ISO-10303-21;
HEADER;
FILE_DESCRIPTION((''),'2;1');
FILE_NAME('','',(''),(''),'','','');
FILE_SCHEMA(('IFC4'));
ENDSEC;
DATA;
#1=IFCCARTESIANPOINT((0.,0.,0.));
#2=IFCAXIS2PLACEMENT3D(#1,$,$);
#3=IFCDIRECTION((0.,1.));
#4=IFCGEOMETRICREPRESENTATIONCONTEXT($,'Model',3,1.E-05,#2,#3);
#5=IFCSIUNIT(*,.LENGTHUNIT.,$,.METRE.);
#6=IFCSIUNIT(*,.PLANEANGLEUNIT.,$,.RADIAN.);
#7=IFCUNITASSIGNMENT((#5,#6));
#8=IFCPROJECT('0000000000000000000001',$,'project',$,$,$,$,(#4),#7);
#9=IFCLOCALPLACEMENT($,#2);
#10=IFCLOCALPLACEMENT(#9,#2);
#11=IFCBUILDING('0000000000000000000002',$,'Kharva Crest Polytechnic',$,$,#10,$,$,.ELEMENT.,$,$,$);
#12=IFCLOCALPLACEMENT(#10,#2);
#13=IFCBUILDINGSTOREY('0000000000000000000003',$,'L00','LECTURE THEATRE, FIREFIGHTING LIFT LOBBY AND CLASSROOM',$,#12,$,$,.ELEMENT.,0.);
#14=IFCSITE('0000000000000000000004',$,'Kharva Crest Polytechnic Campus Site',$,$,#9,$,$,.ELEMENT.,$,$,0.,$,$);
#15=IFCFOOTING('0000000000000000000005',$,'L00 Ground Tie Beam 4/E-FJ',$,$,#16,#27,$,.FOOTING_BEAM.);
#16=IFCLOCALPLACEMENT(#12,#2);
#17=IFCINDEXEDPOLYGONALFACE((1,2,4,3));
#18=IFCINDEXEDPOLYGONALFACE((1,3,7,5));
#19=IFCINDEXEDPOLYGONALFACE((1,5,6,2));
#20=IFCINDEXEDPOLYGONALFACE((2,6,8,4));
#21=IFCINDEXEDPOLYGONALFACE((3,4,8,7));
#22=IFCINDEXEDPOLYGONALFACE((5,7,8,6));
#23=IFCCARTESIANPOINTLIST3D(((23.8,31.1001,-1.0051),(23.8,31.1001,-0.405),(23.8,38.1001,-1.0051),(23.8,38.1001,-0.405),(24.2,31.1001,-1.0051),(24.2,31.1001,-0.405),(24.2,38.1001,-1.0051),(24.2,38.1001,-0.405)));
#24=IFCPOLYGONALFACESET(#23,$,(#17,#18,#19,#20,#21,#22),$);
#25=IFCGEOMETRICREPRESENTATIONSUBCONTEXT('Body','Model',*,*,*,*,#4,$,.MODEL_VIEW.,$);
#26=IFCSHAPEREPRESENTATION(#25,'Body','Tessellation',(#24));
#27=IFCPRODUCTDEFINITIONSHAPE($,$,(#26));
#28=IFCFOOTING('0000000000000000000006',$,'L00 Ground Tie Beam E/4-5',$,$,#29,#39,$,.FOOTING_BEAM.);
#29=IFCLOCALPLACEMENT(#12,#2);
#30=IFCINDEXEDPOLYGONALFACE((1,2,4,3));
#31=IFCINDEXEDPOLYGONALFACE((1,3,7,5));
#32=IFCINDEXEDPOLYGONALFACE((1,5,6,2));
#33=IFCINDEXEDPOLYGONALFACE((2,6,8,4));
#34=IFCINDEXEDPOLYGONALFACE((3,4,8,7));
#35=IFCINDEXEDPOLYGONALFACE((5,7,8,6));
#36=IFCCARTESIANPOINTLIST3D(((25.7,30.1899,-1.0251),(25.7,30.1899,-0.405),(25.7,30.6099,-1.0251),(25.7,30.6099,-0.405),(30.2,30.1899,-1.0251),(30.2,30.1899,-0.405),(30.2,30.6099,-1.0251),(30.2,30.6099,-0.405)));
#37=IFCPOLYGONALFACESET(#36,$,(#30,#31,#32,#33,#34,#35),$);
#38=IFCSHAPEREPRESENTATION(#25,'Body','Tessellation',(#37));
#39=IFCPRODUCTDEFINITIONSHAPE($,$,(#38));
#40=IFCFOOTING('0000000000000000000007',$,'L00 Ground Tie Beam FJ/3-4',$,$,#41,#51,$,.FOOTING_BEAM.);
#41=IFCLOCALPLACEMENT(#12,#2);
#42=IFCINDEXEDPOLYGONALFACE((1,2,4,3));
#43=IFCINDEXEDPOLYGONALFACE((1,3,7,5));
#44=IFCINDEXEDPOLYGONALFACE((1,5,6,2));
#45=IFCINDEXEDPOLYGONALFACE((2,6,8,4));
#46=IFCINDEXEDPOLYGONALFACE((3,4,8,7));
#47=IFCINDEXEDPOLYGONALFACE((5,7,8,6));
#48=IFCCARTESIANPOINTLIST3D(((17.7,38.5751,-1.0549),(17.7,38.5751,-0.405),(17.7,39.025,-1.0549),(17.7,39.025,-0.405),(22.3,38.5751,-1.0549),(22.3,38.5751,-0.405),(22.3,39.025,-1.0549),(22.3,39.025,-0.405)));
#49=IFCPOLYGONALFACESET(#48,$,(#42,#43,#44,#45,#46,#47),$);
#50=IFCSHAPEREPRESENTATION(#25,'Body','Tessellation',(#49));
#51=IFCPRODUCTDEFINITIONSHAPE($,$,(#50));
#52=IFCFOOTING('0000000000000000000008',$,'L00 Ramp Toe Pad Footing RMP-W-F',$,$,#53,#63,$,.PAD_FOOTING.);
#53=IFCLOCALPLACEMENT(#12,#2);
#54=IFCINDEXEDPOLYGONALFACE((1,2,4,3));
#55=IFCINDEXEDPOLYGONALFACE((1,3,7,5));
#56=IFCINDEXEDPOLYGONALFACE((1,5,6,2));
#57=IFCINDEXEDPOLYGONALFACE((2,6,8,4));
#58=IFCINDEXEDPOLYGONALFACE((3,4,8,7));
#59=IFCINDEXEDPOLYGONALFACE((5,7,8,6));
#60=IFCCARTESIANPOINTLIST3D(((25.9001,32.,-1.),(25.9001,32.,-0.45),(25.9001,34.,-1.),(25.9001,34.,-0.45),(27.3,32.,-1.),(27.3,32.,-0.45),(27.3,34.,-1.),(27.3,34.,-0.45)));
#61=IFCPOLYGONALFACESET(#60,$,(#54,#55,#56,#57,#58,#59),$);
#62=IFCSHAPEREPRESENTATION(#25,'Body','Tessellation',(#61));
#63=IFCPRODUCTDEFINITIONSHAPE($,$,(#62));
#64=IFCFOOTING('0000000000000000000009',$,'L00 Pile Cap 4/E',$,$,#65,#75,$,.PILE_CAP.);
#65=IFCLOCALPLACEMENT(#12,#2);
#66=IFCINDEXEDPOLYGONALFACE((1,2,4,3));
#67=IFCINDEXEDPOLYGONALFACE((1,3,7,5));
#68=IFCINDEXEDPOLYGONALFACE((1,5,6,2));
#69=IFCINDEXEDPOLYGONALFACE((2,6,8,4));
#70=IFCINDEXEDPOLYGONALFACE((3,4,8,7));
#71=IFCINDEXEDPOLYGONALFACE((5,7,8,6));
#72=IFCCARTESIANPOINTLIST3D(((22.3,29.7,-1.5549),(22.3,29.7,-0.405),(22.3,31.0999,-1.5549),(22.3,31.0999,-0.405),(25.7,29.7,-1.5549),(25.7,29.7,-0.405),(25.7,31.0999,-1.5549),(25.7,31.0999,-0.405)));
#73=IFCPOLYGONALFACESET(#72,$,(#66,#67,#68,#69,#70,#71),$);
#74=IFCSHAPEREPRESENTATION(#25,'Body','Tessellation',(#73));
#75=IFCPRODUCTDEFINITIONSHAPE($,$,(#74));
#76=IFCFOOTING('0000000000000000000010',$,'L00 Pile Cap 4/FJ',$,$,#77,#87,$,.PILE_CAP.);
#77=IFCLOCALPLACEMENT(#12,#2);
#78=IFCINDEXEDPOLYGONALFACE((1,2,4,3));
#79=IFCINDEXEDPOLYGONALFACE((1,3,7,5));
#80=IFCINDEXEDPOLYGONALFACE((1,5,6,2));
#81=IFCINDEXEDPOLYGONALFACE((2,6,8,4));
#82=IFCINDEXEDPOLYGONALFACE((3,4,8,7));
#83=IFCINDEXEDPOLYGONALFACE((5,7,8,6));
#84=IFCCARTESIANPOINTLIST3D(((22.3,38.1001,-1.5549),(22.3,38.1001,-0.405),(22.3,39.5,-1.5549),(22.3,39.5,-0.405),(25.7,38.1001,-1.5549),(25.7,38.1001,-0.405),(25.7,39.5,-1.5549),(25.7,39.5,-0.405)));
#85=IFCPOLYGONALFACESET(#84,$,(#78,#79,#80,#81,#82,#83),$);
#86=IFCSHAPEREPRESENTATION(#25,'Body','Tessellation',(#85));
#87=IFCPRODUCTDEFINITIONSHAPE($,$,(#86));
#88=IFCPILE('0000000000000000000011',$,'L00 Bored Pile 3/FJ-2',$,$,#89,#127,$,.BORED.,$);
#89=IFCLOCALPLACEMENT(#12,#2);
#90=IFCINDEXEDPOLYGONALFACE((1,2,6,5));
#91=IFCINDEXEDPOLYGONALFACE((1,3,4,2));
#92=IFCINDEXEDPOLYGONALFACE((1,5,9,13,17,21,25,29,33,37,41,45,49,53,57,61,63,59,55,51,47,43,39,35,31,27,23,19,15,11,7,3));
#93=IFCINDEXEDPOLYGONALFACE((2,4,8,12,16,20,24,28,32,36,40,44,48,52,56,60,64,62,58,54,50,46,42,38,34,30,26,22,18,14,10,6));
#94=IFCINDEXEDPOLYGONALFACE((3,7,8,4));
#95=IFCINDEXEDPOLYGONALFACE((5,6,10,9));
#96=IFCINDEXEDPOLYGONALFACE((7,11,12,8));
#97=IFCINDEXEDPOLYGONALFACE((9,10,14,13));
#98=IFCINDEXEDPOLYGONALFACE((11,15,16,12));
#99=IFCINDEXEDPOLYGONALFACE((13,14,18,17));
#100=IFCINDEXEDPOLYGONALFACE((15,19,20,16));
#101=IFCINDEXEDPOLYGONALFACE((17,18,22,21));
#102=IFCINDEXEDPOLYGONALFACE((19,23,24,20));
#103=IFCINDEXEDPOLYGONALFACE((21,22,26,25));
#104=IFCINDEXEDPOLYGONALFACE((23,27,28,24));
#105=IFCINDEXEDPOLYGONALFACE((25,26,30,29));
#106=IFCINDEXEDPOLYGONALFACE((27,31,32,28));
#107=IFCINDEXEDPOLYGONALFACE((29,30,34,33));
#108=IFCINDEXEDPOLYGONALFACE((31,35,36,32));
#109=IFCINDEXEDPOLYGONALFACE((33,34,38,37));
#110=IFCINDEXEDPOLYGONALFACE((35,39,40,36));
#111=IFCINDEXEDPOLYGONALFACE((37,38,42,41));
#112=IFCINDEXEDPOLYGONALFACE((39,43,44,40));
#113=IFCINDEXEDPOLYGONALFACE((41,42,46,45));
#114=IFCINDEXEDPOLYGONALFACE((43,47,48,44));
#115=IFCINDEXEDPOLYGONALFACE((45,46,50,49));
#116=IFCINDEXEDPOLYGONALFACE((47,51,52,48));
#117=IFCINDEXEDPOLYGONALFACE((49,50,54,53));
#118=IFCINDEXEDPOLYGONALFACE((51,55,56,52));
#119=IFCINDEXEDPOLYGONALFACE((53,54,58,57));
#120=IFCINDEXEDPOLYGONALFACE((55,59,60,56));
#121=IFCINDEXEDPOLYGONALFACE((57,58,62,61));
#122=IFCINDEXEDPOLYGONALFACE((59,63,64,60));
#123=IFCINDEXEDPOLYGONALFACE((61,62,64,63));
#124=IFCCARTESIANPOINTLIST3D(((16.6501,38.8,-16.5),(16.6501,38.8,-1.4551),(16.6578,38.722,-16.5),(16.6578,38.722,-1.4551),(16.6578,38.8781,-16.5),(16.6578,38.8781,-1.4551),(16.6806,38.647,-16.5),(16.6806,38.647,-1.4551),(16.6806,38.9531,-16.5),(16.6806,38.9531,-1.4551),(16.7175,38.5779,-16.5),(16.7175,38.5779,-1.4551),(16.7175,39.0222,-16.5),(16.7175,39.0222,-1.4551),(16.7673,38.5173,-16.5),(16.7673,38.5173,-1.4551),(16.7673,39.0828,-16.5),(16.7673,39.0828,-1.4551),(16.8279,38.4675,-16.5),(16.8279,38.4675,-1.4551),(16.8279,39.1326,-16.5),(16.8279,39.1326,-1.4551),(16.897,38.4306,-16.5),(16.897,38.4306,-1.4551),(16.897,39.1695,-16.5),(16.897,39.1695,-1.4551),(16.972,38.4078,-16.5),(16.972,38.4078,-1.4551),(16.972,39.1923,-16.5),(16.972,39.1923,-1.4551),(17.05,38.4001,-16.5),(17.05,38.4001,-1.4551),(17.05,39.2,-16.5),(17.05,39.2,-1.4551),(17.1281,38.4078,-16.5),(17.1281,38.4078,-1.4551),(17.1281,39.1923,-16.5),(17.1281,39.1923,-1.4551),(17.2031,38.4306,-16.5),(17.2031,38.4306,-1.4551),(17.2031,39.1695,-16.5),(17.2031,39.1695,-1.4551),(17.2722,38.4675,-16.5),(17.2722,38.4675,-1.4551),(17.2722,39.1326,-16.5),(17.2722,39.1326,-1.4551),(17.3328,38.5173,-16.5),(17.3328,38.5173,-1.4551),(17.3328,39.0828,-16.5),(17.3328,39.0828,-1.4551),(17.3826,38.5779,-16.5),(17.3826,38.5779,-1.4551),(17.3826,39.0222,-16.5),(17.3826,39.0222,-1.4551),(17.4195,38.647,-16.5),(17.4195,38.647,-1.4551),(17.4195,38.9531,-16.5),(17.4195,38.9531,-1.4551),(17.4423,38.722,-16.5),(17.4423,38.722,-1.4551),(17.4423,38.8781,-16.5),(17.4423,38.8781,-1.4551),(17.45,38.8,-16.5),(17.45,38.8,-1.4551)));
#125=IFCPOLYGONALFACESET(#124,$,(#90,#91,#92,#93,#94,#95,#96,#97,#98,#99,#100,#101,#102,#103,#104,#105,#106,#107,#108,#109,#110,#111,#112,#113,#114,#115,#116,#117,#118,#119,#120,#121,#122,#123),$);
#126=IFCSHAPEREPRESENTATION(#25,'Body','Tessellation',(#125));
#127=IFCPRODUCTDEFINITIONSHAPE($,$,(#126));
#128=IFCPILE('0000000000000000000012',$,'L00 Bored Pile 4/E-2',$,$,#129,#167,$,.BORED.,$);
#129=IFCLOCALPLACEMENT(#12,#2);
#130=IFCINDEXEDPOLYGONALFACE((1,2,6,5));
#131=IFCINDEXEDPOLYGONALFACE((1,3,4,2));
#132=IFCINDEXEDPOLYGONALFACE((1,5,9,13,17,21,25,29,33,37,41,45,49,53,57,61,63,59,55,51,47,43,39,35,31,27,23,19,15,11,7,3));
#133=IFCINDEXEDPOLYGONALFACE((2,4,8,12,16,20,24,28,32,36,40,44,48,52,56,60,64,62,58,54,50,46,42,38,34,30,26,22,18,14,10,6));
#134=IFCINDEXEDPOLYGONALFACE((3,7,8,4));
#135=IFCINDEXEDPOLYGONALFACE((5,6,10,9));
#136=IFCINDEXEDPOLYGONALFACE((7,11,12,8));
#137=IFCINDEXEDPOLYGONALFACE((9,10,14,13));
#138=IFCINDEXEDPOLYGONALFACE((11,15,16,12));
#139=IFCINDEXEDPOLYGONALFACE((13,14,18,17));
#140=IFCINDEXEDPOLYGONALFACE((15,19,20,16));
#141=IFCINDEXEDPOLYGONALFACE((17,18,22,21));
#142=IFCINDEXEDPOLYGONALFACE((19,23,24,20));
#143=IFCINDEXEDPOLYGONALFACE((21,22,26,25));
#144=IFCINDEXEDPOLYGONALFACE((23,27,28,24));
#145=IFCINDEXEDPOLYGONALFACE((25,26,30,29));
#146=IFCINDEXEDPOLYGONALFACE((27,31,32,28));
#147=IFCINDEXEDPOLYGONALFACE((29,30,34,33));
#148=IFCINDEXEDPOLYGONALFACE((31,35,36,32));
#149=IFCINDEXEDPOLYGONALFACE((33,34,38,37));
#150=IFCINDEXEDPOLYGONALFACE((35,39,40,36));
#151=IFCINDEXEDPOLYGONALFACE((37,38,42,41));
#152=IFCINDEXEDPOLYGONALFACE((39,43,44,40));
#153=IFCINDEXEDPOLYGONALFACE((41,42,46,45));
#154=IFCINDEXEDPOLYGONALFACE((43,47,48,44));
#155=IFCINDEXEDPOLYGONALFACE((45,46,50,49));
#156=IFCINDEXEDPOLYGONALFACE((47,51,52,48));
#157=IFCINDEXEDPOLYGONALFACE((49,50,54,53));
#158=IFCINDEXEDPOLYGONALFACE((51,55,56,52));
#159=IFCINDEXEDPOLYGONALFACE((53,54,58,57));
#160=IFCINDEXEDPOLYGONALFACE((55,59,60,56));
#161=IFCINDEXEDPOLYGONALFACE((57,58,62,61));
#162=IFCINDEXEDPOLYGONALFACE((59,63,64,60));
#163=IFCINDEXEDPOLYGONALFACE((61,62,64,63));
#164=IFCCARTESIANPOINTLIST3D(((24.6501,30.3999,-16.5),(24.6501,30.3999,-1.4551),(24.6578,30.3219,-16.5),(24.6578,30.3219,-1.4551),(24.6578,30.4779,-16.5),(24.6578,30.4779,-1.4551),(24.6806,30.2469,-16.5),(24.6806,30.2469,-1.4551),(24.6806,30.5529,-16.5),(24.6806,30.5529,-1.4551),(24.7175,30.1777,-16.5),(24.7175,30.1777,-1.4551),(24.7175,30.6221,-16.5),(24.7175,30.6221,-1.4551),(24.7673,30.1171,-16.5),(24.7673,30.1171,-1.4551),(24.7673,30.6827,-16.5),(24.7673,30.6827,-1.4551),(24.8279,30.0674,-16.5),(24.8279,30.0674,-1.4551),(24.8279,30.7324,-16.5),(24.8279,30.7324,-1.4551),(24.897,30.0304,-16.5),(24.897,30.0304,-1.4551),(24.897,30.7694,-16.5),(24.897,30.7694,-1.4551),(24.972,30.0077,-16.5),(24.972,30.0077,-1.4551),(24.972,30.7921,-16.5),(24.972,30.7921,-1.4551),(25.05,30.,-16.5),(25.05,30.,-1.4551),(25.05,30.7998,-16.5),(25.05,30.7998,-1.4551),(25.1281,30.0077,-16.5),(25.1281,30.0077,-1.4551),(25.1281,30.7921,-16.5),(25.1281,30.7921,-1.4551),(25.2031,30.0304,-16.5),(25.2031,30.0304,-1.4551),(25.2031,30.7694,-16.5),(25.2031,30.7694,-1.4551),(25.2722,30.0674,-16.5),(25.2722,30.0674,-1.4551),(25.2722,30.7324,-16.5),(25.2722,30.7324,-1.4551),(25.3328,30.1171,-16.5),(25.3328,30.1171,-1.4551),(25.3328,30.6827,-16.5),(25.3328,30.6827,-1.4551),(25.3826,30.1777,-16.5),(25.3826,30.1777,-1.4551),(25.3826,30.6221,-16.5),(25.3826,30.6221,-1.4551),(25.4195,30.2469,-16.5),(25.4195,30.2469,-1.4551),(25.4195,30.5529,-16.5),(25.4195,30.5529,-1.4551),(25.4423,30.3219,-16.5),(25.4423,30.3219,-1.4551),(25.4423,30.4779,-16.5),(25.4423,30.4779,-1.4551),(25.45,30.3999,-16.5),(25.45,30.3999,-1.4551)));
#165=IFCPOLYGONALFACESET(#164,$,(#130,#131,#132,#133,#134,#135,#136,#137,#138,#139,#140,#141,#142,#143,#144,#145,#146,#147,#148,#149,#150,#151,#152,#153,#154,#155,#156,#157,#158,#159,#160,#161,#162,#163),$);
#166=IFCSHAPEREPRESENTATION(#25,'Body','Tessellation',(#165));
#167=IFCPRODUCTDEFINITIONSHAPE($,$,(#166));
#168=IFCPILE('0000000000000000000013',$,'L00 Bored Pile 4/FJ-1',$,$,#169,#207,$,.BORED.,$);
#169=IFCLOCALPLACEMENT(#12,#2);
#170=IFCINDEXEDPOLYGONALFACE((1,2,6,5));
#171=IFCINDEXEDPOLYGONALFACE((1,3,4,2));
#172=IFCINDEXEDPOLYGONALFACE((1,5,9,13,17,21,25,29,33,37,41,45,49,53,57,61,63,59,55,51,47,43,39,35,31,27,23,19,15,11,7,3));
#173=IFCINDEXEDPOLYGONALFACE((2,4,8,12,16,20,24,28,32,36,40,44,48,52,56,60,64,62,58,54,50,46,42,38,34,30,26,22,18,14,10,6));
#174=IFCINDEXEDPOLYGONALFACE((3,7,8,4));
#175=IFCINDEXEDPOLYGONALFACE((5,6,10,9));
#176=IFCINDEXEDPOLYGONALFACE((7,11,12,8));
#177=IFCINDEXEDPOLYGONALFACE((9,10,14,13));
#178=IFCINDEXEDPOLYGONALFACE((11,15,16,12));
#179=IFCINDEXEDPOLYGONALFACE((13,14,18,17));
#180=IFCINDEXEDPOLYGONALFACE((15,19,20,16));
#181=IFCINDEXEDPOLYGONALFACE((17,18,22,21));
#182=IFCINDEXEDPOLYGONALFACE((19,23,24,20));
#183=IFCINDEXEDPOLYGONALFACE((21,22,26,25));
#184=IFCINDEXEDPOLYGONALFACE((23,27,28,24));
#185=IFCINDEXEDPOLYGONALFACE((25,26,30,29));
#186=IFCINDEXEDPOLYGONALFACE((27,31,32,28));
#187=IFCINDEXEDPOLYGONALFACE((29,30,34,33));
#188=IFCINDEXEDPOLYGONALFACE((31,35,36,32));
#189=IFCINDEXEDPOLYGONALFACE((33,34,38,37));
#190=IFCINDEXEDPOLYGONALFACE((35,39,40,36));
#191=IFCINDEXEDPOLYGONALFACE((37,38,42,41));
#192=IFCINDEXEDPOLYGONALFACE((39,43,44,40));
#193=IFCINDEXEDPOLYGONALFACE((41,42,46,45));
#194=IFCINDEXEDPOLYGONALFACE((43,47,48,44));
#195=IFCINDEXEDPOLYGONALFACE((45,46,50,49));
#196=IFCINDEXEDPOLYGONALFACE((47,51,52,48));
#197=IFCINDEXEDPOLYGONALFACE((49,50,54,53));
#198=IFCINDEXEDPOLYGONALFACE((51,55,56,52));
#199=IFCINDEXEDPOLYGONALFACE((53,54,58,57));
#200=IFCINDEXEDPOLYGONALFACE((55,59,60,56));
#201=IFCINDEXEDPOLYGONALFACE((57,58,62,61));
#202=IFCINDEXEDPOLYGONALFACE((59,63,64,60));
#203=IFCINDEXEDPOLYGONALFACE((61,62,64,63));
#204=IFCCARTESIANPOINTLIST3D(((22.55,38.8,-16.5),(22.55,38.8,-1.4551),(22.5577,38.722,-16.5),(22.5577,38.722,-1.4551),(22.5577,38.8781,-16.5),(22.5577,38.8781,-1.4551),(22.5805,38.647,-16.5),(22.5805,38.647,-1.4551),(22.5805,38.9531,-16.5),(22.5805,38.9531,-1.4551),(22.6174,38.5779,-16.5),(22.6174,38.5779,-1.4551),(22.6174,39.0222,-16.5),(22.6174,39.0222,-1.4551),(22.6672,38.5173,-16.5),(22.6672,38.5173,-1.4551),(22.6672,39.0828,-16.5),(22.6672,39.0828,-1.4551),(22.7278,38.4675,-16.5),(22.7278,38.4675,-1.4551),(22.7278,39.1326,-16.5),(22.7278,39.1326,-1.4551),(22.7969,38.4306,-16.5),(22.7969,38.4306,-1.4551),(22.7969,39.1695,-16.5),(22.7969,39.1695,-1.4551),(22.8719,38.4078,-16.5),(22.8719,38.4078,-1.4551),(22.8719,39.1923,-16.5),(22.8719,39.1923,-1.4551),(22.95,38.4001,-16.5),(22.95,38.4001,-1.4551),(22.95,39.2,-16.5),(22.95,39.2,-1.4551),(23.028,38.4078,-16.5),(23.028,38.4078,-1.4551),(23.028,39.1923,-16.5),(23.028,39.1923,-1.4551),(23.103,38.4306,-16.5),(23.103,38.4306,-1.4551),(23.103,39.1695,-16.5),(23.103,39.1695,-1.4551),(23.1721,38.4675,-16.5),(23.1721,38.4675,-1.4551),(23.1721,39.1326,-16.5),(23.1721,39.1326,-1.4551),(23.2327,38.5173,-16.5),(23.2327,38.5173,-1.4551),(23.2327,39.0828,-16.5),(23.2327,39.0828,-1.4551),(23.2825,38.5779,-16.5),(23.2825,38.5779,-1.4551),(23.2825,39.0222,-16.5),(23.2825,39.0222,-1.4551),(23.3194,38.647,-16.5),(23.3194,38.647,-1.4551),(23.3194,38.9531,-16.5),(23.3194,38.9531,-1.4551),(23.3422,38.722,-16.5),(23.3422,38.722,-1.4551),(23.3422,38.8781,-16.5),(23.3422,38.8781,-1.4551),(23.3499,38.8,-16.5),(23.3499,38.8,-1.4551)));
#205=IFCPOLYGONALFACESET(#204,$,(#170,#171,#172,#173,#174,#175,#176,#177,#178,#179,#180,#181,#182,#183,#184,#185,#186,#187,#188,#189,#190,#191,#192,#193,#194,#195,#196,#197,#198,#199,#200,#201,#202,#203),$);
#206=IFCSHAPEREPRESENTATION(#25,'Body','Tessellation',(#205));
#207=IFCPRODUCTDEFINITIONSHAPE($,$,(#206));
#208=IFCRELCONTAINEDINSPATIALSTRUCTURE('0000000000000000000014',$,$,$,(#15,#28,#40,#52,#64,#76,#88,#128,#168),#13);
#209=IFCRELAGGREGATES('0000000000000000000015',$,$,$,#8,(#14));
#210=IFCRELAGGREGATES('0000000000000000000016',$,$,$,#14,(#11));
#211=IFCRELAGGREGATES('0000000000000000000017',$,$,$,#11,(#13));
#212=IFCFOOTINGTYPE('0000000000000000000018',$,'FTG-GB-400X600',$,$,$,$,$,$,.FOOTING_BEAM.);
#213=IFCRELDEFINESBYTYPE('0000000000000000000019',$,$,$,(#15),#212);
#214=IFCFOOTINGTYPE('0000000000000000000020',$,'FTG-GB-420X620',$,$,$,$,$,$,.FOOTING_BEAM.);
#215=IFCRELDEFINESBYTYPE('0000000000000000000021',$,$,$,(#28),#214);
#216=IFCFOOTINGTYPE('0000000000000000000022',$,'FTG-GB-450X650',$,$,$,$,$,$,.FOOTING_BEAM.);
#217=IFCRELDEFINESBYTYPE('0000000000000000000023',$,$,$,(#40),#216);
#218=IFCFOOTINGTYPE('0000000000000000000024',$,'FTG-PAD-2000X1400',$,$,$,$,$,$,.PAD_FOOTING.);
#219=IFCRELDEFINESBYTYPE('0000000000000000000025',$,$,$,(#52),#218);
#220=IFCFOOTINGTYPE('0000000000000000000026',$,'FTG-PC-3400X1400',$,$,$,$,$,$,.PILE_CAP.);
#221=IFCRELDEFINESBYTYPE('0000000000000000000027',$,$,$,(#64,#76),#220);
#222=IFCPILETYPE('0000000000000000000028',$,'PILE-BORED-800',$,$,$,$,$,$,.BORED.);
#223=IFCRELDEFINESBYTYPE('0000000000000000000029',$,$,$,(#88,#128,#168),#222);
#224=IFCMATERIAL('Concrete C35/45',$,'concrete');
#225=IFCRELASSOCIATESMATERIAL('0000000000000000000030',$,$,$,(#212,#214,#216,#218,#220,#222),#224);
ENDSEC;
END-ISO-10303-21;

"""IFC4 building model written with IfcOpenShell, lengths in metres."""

from ifc_helpers import new_model, si_unit, direction, frame, origin, origin_2d, place, context, subcontext, project, spatial, rectangle, circle, extrude, material, material_profile, profile_set, type_object, element, save


model = new_model("IFC4")

# Units and contexts
model_context = context("Model", 3, precision=1e-05, world=origin(), true_north=direction((0.0, 1.0)))
body_context = subcontext(model_context, "Body", "Model", "MODEL_VIEW")
ifc_project = project(units=[si_unit("LENGTHUNIT", "METRE"), si_unit("PLANEANGLEUNIT", "RADIAN")], contexts=[model_context])

# Site, building, storey
site_placement = place(None, origin())
site = spatial("IfcSite", under=ifc_project, at=site_placement, Name="Kharva Crest Polytechnic Campus Site", CompositionType="ELEMENT", RefElevation=0.0)
building_placement = place(site_placement, origin())
building = spatial("IfcBuilding", under=site, at=building_placement, Name="Kharva Crest Polytechnic", CompositionType="ELEMENT")
storey_placement = place(building_placement, origin())
storey = spatial("IfcBuildingStorey", under=building, at=storey_placement, Name="L00", Description="LECTURE THEATRE, FIREFIGHTING LIFT LOBBY AND CLASSROOM", CompositionType="ELEMENT", Elevation=0.0)

# Footings
ifc_material_1 = material(Name="Concrete C35/45", Category="concrete")
footing_type_1 = type_object("IfcFootingType", Name="FTG-GB-400X600", PredefinedType="FOOTING_BEAM", material=ifc_material_1)
footing_1_placement = place(storey_placement, frame((24.0, 34.6001, -1.0051), z_axis=(0.0, 0.0, 1.0), x_axis=(0.0, 1.0, 0.0)))
element("IfcFooting", 1, at=footing_1_placement, inside=storey, type_object=footing_type_1, Name="L00 Ground Tie Beam 4/E-FJ", PredefinedType="FOOTING_BEAM", context=body_context, shape_type="SweptSolid", body=[
    extrude(rectangle(XDim=7.0, YDim=0.3999, at=origin_2d()), origin(), (0.0, 0.0, 1.0), 0.6001),
])
footing_type_2 = type_object("IfcFootingType", Name="FTG-GB-420X620", PredefinedType="FOOTING_BEAM", material=ifc_material_1)
footing_2_placement = place(storey_placement, frame((27.95, 30.3999, -1.0251), z_axis=(0.0, 0.0, 1.0), x_axis=(1.0, 0.0, 0.0)))
element("IfcFooting", 2, at=footing_2_placement, inside=storey, type_object=footing_type_2, Name="L00 Ground Tie Beam E/4-5", PredefinedType="FOOTING_BEAM", context=body_context, shape_type="SweptSolid", body=[
    extrude(rectangle(XDim=4.5, YDim=0.4199, at=origin_2d()), origin(), (0.0, 0.0, 1.0), 0.6201),
])
footing_type_3 = type_object("IfcFootingType", Name="FTG-GB-450X650", PredefinedType="FOOTING_BEAM", material=ifc_material_1)
footing_3_placement = place(storey_placement, frame((20.0, 38.8, -1.0549), z_axis=(0.0, 0.0, 1.0), x_axis=(1.0, 0.0, 0.0)))
element("IfcFooting", 3, at=footing_3_placement, inside=storey, type_object=footing_type_3, Name="L00 Ground Tie Beam FJ/3-4", PredefinedType="FOOTING_BEAM", context=body_context, shape_type="SweptSolid", body=[
    extrude(rectangle(XDim=4.6001, YDim=0.45, at=origin_2d()), origin(), (0.0, 0.0, 1.0), 0.6499),
])
footing_type_4 = type_object("IfcFootingType", Name="FTG-PAD-2000X1400", PredefinedType="PAD_FOOTING", material=ifc_material_1)
footing_4_placement = place(storey_placement, frame((26.6001, 33.0, -1.0), z_axis=(0.0, 0.0, 1.0), x_axis=(0.0, 1.0, 0.0)))
element("IfcFooting", 4, at=footing_4_placement, inside=storey, type_object=footing_type_4, Name="L00 Ramp Toe Pad Footing RMP-W-F", PredefinedType="PAD_FOOTING", context=body_context, shape_type="SweptSolid", body=[
    extrude(rectangle(XDim=2.0, YDim=1.3999, at=origin_2d()), origin(), (0.0, 0.0, 1.0), 0.55),
])
footing_type_5 = type_object("IfcFootingType", Name="FTG-PC-3400X1400", PredefinedType="PILE_CAP", material=ifc_material_1)
for number, where, z_axis, x_axis, name in (
    (5, (24.0, 30.3999, -1.5549), (0.0, 0.0, 1.0), (1.0, 0.0, 0.0), "L00 Pile Cap 4/E"),
    (6, (24.0, 38.8, -1.5549), (0.0, 0.0, 1.0), (1.0, 0.0, 0.0), "L00 Pile Cap 4/FJ"),
):
    element("IfcFooting", number, at=place(storey_placement, frame(where, z_axis=z_axis, x_axis=x_axis)), inside=storey, type_object=footing_type_5, Name=name, PredefinedType="PILE_CAP", context=body_context, shape_type="SweptSolid", body=[
        extrude(rectangle(XDim=3.3999, YDim=1.3999, at=origin_2d()), origin(), (0.0, 0.0, 1.0), 1.1499),
    ])

# Piles
ifc_material_profile_1 = material_profile(ifc_material_1, circle(Radius=0.3999, at=origin_2d()), Name="DIA 800")
ifc_profile_set_1 = profile_set([ifc_material_profile_1], Name="Concrete C35/45")
pile_type_1 = type_object("IfcPileType", Name="PILE-BORED-800", PredefinedType="BORED", material=ifc_profile_set_1)
for number, where, z_axis, x_axis, name in (
    (7, (17.05, 38.8, -1.4551), (0.0, 0.0, -1.0), (1.0, 0.0, 0.0), "L00 Bored Pile 3/FJ-2"),
    (8, (25.05, 30.3999, -1.4551), (0.0, 0.0, -1.0), (1.0, 0.0, 0.0), "L00 Bored Pile 4/E-2"),
    (9, (22.95, 38.8, -1.4551), (0.0, 0.0, -1.0), (1.0, 0.0, 0.0), "L00 Bored Pile 4/FJ-1"),
):
    element("IfcPile", number, at=place(storey_placement, frame(where, z_axis=z_axis, x_axis=x_axis)), inside=storey, type_object=pile_type_1, Name=name, PredefinedType="BORED", context=body_context, shape_type="SweptSolid", body=[
        extrude(circle(Radius=0.3999, at=origin_2d()), origin(), (0.0, 0.0, 1.0), 15.0449),
    ])

save(model, "model.ifc")
